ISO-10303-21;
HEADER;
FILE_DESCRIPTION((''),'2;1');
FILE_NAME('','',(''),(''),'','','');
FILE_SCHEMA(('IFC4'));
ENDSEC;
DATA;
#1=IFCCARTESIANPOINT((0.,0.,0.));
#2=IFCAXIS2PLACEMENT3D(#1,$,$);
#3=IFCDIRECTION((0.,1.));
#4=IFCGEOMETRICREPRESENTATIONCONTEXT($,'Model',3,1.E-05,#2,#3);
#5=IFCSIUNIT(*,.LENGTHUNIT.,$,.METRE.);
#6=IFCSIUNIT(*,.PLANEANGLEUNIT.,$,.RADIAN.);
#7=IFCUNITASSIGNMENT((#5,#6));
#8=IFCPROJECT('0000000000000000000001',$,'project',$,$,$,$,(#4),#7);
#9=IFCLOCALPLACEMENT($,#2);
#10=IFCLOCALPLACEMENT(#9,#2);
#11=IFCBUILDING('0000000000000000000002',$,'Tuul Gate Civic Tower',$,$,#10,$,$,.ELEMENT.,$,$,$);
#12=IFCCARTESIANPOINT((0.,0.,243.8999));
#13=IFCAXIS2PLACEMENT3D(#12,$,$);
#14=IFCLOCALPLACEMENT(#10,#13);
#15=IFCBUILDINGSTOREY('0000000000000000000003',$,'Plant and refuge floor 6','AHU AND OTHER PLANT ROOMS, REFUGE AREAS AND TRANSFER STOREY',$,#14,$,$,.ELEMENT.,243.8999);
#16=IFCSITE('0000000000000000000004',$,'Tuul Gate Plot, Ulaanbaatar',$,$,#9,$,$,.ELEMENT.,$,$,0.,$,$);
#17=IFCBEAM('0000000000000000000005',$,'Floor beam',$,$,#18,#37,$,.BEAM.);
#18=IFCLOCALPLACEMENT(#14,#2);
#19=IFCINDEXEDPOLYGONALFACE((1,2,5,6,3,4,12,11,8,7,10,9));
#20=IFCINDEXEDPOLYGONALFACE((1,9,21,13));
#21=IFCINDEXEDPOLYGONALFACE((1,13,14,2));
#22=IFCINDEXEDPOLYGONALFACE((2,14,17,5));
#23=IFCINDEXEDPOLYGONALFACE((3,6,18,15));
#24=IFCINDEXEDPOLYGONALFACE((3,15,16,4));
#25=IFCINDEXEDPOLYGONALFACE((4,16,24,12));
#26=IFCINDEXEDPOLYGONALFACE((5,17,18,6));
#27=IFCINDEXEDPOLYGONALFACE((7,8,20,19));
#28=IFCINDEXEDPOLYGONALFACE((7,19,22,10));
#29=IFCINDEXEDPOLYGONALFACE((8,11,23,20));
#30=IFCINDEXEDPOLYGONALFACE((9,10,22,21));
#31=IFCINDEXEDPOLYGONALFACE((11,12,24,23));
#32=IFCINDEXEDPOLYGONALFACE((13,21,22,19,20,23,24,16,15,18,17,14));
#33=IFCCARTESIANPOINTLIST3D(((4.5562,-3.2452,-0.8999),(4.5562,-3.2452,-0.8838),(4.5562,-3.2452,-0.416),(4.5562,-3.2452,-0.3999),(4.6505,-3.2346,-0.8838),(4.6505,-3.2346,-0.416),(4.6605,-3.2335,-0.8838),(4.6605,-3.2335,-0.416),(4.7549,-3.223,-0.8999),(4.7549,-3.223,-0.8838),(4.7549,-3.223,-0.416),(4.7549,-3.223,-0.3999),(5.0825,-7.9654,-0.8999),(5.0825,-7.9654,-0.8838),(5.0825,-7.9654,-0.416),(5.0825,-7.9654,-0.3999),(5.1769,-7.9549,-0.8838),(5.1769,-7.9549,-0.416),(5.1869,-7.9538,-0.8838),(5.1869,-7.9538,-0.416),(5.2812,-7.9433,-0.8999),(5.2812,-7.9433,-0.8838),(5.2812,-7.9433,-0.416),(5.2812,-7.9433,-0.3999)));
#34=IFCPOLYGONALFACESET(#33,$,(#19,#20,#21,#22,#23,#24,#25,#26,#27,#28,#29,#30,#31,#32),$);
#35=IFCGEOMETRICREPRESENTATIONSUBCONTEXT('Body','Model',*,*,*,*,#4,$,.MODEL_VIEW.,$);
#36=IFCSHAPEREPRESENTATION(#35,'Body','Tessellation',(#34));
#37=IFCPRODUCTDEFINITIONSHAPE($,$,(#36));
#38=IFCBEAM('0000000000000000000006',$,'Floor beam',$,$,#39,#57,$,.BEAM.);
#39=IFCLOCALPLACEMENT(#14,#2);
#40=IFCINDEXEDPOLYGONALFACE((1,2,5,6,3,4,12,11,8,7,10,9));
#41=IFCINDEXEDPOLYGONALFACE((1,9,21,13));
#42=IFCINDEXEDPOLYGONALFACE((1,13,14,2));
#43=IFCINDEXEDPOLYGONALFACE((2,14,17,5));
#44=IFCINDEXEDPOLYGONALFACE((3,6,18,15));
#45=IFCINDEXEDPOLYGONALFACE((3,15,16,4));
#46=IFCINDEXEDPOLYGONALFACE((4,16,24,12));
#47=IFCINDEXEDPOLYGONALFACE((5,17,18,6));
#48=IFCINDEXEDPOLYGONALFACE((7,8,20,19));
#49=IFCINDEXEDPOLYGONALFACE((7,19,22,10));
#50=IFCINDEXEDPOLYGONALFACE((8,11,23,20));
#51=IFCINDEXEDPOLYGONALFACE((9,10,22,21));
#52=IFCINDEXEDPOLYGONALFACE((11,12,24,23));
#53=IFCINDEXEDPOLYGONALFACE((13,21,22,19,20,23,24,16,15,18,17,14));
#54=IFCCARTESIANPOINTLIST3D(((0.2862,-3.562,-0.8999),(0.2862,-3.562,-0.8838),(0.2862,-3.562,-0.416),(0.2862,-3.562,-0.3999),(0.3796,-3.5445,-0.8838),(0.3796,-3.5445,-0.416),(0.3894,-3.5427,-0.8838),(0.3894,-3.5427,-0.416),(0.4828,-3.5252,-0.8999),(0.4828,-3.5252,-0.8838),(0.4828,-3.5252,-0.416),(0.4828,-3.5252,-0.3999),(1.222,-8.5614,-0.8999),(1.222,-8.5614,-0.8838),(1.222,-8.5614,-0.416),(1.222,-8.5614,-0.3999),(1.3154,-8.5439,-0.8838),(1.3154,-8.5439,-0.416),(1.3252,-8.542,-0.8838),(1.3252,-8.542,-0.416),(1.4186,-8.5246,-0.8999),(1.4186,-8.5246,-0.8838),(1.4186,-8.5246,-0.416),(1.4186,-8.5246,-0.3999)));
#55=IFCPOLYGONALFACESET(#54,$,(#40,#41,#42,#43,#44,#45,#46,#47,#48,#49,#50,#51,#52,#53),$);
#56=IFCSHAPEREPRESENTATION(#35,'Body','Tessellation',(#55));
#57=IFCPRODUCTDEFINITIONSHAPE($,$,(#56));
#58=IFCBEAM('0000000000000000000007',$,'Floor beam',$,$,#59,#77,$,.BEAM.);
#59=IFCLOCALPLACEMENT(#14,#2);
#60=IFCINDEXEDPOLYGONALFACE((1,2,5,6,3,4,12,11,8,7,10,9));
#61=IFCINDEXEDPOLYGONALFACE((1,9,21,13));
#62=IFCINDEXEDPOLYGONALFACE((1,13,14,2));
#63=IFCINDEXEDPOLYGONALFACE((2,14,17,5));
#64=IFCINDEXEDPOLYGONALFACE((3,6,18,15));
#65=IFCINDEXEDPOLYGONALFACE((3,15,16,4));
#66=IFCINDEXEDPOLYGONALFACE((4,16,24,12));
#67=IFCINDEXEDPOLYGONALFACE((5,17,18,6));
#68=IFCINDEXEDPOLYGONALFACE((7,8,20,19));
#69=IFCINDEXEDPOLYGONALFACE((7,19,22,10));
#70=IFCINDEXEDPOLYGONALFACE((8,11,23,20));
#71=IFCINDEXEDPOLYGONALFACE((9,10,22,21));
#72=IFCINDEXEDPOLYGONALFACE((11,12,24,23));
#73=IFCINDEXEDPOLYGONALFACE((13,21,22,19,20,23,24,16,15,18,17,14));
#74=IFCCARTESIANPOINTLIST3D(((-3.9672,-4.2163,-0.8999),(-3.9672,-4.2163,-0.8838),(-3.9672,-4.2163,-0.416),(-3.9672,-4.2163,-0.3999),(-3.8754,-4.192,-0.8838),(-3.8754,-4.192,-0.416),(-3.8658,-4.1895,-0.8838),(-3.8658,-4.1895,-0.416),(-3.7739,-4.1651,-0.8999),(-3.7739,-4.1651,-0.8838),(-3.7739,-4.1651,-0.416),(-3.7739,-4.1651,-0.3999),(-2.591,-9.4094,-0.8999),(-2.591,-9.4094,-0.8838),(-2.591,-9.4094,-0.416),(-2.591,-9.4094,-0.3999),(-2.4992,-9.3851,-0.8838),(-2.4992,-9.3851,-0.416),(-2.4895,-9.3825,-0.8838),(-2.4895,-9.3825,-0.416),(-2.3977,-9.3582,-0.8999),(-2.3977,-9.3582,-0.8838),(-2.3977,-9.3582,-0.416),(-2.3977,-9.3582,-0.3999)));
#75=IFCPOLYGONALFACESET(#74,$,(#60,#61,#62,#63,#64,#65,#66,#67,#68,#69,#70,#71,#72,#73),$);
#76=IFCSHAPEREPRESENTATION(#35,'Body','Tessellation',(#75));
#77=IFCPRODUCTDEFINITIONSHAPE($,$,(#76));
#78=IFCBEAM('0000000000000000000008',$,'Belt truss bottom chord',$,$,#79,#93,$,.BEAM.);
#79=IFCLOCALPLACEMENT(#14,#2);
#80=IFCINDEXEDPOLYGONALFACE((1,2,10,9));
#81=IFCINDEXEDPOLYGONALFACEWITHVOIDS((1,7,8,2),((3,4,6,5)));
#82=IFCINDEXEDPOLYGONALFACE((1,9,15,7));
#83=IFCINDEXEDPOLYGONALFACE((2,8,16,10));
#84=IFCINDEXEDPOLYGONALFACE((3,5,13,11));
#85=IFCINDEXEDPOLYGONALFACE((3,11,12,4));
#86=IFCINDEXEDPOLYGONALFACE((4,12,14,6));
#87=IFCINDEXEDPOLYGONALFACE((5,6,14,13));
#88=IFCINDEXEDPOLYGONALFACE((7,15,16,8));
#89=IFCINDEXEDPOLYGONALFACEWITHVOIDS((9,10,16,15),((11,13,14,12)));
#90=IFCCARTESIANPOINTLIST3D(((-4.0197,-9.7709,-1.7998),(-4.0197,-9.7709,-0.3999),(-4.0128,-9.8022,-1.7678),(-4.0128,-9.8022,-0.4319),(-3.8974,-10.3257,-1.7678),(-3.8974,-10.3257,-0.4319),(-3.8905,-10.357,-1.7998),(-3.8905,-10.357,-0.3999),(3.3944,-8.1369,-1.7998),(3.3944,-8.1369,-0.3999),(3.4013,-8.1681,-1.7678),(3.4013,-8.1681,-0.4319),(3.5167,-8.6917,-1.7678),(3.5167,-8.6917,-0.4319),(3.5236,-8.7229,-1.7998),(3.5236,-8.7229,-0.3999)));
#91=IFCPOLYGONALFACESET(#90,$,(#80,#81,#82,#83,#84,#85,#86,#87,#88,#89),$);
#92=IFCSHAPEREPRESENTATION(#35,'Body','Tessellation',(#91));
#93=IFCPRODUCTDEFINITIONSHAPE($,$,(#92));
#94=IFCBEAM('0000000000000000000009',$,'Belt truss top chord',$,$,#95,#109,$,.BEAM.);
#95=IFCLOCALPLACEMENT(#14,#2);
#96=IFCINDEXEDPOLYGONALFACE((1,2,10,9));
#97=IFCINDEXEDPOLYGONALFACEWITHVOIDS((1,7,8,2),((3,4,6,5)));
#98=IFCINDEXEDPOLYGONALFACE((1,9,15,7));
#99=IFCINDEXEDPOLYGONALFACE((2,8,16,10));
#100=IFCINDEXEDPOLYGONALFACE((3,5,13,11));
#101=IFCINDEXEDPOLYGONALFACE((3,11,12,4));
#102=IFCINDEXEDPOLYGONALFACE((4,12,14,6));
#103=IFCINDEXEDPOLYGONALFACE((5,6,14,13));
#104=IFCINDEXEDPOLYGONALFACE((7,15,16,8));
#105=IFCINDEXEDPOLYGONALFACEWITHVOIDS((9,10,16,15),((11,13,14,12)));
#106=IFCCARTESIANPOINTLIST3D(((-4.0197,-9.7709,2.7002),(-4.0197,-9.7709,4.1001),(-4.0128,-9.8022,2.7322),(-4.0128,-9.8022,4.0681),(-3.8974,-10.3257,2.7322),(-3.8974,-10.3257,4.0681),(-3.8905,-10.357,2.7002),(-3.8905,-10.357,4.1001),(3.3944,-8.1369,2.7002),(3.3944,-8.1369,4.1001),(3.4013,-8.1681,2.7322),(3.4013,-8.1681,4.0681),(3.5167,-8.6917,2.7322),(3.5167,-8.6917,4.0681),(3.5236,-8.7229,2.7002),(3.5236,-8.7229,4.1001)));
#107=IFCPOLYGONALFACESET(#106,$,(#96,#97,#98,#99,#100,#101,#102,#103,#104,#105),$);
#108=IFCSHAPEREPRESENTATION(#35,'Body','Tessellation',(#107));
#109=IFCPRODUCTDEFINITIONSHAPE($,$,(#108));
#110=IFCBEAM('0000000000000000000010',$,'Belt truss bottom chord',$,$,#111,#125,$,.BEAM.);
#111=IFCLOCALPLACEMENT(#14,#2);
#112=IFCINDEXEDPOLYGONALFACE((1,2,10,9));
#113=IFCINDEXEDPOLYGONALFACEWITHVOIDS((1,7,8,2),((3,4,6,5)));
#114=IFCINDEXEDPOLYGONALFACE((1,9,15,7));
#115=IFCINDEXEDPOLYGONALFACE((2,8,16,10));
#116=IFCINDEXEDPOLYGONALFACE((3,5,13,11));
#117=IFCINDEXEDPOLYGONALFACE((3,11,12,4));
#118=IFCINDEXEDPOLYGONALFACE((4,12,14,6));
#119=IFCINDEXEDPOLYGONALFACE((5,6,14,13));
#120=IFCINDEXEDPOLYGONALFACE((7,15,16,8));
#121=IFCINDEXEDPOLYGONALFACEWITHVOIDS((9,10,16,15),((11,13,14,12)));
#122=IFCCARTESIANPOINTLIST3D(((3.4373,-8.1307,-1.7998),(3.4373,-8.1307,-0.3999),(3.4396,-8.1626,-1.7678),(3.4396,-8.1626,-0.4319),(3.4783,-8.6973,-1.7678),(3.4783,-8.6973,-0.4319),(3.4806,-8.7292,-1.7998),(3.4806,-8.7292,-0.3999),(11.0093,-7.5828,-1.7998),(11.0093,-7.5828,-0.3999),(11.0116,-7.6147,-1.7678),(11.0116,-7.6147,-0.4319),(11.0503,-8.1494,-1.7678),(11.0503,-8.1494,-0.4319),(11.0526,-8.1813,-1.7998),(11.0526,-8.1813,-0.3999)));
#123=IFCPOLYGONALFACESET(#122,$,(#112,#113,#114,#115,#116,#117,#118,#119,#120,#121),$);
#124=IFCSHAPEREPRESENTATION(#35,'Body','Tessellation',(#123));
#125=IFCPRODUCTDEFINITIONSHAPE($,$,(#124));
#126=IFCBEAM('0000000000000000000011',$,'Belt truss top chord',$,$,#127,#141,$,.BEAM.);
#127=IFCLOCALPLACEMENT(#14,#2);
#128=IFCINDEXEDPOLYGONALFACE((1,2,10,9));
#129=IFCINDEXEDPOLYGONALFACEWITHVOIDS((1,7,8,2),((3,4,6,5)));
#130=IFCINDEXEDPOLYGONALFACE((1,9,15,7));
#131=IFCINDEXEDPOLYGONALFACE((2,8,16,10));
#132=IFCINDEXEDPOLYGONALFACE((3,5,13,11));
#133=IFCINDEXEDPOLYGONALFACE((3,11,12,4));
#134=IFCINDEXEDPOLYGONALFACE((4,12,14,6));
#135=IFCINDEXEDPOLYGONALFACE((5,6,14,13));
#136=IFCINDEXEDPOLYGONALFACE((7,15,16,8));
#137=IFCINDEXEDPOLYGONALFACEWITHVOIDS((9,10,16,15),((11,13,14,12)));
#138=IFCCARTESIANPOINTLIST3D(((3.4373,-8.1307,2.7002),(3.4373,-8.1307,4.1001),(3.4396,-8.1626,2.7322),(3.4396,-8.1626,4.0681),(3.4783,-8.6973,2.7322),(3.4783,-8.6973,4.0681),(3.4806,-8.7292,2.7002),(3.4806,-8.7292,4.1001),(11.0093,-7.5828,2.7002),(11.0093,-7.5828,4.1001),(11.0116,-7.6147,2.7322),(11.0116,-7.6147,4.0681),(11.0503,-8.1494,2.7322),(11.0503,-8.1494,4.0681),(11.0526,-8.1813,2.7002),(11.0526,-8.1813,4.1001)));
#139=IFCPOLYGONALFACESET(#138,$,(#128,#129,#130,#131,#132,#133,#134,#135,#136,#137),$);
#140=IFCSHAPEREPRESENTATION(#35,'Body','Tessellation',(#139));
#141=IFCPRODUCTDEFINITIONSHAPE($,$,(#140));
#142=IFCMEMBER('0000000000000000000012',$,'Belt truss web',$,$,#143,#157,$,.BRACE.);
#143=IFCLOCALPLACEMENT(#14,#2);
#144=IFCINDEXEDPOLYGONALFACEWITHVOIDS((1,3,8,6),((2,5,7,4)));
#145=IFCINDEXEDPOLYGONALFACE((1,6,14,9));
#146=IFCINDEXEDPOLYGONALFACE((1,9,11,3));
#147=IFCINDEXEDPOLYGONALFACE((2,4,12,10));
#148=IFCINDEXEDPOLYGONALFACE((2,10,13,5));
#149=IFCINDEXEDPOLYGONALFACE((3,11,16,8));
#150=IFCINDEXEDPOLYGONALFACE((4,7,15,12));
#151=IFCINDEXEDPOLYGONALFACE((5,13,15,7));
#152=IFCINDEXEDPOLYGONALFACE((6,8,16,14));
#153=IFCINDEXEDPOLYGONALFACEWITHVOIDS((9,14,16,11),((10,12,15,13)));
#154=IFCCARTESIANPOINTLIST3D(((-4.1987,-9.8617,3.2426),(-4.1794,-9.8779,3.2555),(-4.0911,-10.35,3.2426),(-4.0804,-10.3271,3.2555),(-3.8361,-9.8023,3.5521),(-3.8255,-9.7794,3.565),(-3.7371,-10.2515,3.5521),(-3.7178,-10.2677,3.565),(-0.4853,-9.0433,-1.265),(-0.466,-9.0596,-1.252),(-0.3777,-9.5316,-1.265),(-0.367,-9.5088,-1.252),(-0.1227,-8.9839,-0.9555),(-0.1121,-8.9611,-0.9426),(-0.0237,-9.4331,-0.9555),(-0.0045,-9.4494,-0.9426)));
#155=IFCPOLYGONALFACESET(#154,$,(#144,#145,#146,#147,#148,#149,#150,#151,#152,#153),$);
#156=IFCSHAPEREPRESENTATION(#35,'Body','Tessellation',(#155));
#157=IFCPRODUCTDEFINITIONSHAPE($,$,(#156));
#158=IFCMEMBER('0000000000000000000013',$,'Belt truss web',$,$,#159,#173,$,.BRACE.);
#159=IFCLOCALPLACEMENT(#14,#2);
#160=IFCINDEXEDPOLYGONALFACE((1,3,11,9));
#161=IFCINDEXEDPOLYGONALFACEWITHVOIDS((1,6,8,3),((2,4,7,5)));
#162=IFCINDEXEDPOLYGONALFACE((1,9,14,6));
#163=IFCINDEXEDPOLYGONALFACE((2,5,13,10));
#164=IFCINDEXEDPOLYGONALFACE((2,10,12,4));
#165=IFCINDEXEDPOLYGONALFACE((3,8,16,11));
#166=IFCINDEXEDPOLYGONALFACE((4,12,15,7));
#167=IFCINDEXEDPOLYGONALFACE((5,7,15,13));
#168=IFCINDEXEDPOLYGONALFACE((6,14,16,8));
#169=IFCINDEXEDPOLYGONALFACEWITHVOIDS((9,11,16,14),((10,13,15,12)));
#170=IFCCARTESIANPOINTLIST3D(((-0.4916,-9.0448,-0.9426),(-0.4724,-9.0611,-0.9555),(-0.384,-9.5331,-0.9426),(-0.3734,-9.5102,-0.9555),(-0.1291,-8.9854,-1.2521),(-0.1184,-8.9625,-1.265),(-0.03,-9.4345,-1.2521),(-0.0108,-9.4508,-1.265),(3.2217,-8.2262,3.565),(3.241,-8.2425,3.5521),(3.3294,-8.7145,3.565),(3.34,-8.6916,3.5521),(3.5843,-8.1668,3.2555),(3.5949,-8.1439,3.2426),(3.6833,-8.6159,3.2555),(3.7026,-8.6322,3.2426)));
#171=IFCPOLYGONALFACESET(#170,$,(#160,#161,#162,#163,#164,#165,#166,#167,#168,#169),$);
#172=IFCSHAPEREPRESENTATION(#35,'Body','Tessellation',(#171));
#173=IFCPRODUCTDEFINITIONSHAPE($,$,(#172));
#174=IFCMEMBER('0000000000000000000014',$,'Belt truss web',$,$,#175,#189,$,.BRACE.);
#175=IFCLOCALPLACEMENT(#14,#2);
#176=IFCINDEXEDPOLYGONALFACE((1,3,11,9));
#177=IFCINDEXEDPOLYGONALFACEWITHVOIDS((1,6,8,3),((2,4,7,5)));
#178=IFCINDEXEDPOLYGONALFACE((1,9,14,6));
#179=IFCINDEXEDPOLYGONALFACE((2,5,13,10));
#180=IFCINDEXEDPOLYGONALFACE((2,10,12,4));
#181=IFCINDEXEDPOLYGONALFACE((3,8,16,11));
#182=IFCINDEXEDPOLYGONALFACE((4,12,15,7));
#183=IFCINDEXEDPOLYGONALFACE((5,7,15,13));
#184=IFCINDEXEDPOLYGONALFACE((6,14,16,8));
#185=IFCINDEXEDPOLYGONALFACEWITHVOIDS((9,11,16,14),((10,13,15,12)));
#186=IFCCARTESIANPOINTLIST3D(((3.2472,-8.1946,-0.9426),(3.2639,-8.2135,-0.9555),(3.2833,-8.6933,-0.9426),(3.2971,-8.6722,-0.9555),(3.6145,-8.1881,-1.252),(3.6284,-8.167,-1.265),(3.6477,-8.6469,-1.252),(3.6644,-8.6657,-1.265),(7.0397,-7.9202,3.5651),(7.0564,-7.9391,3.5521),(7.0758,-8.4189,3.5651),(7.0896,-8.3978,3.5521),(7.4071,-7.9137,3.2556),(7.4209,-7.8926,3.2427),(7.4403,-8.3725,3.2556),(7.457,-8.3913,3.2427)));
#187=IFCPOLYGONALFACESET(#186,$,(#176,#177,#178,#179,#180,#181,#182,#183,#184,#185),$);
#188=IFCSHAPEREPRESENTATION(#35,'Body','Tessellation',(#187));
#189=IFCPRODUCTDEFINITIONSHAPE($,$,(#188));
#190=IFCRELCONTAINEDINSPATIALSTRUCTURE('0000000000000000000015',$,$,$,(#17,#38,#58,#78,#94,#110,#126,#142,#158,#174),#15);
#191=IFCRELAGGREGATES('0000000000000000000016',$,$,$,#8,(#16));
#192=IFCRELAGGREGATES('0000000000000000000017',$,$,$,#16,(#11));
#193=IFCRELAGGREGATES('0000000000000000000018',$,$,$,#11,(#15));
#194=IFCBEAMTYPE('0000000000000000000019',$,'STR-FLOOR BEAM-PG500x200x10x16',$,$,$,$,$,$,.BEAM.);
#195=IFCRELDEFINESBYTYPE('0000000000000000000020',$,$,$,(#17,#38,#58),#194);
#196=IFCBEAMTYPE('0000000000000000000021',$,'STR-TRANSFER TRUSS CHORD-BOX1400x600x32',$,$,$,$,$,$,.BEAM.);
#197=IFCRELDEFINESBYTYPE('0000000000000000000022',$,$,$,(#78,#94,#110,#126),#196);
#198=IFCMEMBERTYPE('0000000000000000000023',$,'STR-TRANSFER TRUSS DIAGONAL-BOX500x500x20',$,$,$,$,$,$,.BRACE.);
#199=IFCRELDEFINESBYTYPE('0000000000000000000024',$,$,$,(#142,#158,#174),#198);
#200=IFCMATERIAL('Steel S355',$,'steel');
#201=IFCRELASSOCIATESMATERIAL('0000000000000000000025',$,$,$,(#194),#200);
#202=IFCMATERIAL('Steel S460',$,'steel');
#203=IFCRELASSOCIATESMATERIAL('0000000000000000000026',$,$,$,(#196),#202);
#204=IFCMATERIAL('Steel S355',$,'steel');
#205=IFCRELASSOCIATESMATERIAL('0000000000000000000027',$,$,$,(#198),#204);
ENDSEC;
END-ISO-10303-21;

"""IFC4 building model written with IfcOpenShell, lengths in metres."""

from ifc_helpers import new_model, si_unit, direction, frame, origin, origin_2d, place, context, subcontext, project, spatial, hollow_rectangle, i_section, extrude, material, material_profile, profile_set, type_object, element, save


model = new_model("IFC4")

# Units and contexts
model_context = context("Model", 3, precision=1e-05, world=origin(), true_north=direction((0.0, 1.0)))
body_context = subcontext(model_context, "Body", "Model", "MODEL_VIEW")
ifc_project = project(units=[si_unit("LENGTHUNIT", "METRE"), si_unit("PLANEANGLEUNIT", "RADIAN")], contexts=[model_context])

# Site, building, storey
site_placement = place(None, origin())
site = spatial("IfcSite", under=ifc_project, at=site_placement, Name="Tuul Gate Plot, Ulaanbaatar", CompositionType="ELEMENT", RefElevation=0.0)
building_placement = place(site_placement, origin())
building = spatial("IfcBuilding", under=site, at=building_placement, Name="Tuul Gate Civic Tower", CompositionType="ELEMENT")
storey_placement = place(building_placement, frame((0.0, 0.0, 243.8999)))
storey = spatial("IfcBuildingStorey", under=building, at=storey_placement, Name="Plant and refuge floor 6", Description="AHU AND OTHER PLANT ROOMS, REFUGE AREAS AND TRANSFER STOREY", CompositionType="ELEMENT", Elevation=243.8999)

# Beams
ifc_material_1 = material(Name="Steel S355", Category="steel")
ifc_material_profile_1 = material_profile(ifc_material_1, i_section(OverallWidth=0.2, OverallDepth=0.5, WebThickness=0.01, FlangeThickness=0.0161, at=origin_2d()), Name="PG500x200x10x16")
ifc_profile_set_1 = profile_set([ifc_material_profile_1], Name="Steel S355")
beam_type_1 = type_object("IfcBeamType", Name="STR-FLOOR BEAM-PG500x200x10x16", PredefinedType="BEAM", material=ifc_profile_set_1)
beam_1_placement = place(storey_placement, frame((5.1819, -7.9543, -0.6499), z_axis=(-0.110826, 0.99384, 0.0), x_axis=(-0.99384, -0.110826, 0.0)))
element("IfcBeam", 1, at=beam_1_placement, inside=storey, type_object=beam_type_1, Name="Floor beam", PredefinedType="BEAM", context=body_context, shape_type="SweptSolid", body=[
    extrude(i_section(OverallWidth=0.2, OverallDepth=0.5, WebThickness=0.01, FlangeThickness=0.0161, at=origin_2d()), origin(), (0.0, 0.0, 1.0), 4.7495),
])
beam_2_placement = place(storey_placement, frame((1.3203, -8.543, -0.6499), z_axis=(-0.18399, 0.982928, 0.0), x_axis=(-0.982928, -0.18399, 0.0)))
element("IfcBeam", 2, at=beam_2_placement, inside=storey, type_object=beam_type_1, Name="Floor beam", PredefinedType="BEAM", context=body_context, shape_type="SweptSolid", body=[
    extrude(i_section(OverallWidth=0.2, OverallDepth=0.5, WebThickness=0.01, FlangeThickness=0.0161, at=origin_2d()), origin(), (0.0, 0.0, 1.0), 5.0862),
])
beam_3_placement = place(storey_placement, frame((-2.4944, -9.3838, -0.6499), z_axis=(-0.256166, 0.966633, 0.0), x_axis=(-0.966633, -0.256166, 0.0)))
element("IfcBeam", 3, at=beam_3_placement, inside=storey, type_object=beam_type_1, Name="Floor beam", PredefinedType="BEAM", context=body_context, shape_type="SweptSolid", body=[
    extrude(i_section(OverallWidth=0.2, OverallDepth=0.5, WebThickness=0.01, FlangeThickness=0.0161, at=origin_2d()), origin(), (0.0, 0.0, 1.0), 5.3723),
])
ifc_material_2 = material(Name="Steel S460", Category="steel")
ifc_material_profile_2 = material_profile(ifc_material_2, hollow_rectangle(XDim=0.6001, YDim=1.3999, WallThickness=0.032, at=origin_2d()), Name="BOX1400x600x32")
ifc_profile_set_2 = profile_set([ifc_material_profile_2], Name="Steel S460")
beam_type_2 = type_object("IfcBeamType", Name="STR-TRANSFER TRUSS CHORD-BOX1400x600x32", PredefinedType="BEAM", material=ifc_profile_set_2)
for number, where, z_axis, x_axis, name in (
    (4, (-3.9551, -10.064, -1.0999), (0.976563, 0.215231, 0.0), (-0.215231, 0.976563, 0.0), "Belt truss bottom chord"),
    (5, (-3.9551, -10.064, 3.4001), (0.976563, 0.215231, 0.0), (-0.215231, 0.976563, 0.0), "Belt truss top chord"),
):
    element("IfcBeam", number, at=place(storey_placement, frame(where, z_axis=z_axis, x_axis=x_axis)), inside=storey, type_object=beam_type_2, Name=name, PredefinedType="BEAM", context=body_context, shape_type="SweptSolid", body=[
        extrude(hollow_rectangle(XDim=0.6001, YDim=1.3999, WallThickness=0.032, at=origin_2d()), origin(), (0.0, 0.0, 1.0), 7.592),
    ])
for number, where, z_axis, x_axis, name in (
    (6, (3.459, -8.4299, -1.0999), (0.997393, 0.072163, 0.0), (-0.072163, 0.997393, 0.0), "Belt truss bottom chord"),
    (7, (3.459, -8.4299, 3.4001), (0.997393, 0.072163, 0.0), (-0.072163, 0.997393, 0.0), "Belt truss top chord"),
):
    element("IfcBeam", number, at=place(storey_placement, frame(where, z_axis=z_axis, x_axis=x_axis)), inside=storey, type_object=beam_type_2, Name=name, PredefinedType="BEAM", context=body_context, shape_type="SweptSolid", body=[
        extrude(hollow_rectangle(XDim=0.6001, YDim=1.3999, WallThickness=0.032, at=origin_2d()), origin(), (0.0, 0.0, 1.0), 7.5918),
    ])

# Members
ifc_material_3 = material(Name="Steel S355", Category="steel")
ifc_material_profile_3 = material_profile(ifc_material_3, hollow_rectangle(XDim=0.5, YDim=0.5, WallThickness=0.02, at=origin_2d()), Name="BOX500x500x20")
ifc_profile_set_3 = profile_set([ifc_material_profile_3], Name="Steel S355")
member_type_1 = type_object("IfcMemberType", Name="STR-TRANSFER TRUSS DIAGONAL-BOX500x500x20", PredefinedType="BRACE", material=ifc_profile_set_3)
for number, where, z_axis, x_axis, name in (
    (8, (-0.2449, -9.2463, -1.1038), (-0.629684, -0.138771, 0.764356), (0.215217, -0.976566, 0.0), "Belt truss web"),
    (9, (-0.2512, -9.2478, -1.1038), (0.629681, 0.138811, 0.764352), (-0.215278, 0.976553, 0.0), "Belt truss web"),
    (10, (3.4558, -8.4302, -1.1038), (0.643104, 0.046533, 0.764364), (-0.072169, 0.997392, 0.0), "Belt truss web"),
):
    element("IfcMember", number, at=place(storey_placement, frame(where, z_axis=z_axis, x_axis=x_axis)), inside=storey, type_object=member_type_1, Name=name, PredefinedType="BRACE", context=body_context, shape_type="SweptSolid", body=[
        extrude(hollow_rectangle(XDim=0.5, YDim=0.5, WallThickness=0.02, at=origin_2d()), origin(), (0.0, 0.0, 1.0), 5.8972),
    ])

save(model, "model.ifc")
